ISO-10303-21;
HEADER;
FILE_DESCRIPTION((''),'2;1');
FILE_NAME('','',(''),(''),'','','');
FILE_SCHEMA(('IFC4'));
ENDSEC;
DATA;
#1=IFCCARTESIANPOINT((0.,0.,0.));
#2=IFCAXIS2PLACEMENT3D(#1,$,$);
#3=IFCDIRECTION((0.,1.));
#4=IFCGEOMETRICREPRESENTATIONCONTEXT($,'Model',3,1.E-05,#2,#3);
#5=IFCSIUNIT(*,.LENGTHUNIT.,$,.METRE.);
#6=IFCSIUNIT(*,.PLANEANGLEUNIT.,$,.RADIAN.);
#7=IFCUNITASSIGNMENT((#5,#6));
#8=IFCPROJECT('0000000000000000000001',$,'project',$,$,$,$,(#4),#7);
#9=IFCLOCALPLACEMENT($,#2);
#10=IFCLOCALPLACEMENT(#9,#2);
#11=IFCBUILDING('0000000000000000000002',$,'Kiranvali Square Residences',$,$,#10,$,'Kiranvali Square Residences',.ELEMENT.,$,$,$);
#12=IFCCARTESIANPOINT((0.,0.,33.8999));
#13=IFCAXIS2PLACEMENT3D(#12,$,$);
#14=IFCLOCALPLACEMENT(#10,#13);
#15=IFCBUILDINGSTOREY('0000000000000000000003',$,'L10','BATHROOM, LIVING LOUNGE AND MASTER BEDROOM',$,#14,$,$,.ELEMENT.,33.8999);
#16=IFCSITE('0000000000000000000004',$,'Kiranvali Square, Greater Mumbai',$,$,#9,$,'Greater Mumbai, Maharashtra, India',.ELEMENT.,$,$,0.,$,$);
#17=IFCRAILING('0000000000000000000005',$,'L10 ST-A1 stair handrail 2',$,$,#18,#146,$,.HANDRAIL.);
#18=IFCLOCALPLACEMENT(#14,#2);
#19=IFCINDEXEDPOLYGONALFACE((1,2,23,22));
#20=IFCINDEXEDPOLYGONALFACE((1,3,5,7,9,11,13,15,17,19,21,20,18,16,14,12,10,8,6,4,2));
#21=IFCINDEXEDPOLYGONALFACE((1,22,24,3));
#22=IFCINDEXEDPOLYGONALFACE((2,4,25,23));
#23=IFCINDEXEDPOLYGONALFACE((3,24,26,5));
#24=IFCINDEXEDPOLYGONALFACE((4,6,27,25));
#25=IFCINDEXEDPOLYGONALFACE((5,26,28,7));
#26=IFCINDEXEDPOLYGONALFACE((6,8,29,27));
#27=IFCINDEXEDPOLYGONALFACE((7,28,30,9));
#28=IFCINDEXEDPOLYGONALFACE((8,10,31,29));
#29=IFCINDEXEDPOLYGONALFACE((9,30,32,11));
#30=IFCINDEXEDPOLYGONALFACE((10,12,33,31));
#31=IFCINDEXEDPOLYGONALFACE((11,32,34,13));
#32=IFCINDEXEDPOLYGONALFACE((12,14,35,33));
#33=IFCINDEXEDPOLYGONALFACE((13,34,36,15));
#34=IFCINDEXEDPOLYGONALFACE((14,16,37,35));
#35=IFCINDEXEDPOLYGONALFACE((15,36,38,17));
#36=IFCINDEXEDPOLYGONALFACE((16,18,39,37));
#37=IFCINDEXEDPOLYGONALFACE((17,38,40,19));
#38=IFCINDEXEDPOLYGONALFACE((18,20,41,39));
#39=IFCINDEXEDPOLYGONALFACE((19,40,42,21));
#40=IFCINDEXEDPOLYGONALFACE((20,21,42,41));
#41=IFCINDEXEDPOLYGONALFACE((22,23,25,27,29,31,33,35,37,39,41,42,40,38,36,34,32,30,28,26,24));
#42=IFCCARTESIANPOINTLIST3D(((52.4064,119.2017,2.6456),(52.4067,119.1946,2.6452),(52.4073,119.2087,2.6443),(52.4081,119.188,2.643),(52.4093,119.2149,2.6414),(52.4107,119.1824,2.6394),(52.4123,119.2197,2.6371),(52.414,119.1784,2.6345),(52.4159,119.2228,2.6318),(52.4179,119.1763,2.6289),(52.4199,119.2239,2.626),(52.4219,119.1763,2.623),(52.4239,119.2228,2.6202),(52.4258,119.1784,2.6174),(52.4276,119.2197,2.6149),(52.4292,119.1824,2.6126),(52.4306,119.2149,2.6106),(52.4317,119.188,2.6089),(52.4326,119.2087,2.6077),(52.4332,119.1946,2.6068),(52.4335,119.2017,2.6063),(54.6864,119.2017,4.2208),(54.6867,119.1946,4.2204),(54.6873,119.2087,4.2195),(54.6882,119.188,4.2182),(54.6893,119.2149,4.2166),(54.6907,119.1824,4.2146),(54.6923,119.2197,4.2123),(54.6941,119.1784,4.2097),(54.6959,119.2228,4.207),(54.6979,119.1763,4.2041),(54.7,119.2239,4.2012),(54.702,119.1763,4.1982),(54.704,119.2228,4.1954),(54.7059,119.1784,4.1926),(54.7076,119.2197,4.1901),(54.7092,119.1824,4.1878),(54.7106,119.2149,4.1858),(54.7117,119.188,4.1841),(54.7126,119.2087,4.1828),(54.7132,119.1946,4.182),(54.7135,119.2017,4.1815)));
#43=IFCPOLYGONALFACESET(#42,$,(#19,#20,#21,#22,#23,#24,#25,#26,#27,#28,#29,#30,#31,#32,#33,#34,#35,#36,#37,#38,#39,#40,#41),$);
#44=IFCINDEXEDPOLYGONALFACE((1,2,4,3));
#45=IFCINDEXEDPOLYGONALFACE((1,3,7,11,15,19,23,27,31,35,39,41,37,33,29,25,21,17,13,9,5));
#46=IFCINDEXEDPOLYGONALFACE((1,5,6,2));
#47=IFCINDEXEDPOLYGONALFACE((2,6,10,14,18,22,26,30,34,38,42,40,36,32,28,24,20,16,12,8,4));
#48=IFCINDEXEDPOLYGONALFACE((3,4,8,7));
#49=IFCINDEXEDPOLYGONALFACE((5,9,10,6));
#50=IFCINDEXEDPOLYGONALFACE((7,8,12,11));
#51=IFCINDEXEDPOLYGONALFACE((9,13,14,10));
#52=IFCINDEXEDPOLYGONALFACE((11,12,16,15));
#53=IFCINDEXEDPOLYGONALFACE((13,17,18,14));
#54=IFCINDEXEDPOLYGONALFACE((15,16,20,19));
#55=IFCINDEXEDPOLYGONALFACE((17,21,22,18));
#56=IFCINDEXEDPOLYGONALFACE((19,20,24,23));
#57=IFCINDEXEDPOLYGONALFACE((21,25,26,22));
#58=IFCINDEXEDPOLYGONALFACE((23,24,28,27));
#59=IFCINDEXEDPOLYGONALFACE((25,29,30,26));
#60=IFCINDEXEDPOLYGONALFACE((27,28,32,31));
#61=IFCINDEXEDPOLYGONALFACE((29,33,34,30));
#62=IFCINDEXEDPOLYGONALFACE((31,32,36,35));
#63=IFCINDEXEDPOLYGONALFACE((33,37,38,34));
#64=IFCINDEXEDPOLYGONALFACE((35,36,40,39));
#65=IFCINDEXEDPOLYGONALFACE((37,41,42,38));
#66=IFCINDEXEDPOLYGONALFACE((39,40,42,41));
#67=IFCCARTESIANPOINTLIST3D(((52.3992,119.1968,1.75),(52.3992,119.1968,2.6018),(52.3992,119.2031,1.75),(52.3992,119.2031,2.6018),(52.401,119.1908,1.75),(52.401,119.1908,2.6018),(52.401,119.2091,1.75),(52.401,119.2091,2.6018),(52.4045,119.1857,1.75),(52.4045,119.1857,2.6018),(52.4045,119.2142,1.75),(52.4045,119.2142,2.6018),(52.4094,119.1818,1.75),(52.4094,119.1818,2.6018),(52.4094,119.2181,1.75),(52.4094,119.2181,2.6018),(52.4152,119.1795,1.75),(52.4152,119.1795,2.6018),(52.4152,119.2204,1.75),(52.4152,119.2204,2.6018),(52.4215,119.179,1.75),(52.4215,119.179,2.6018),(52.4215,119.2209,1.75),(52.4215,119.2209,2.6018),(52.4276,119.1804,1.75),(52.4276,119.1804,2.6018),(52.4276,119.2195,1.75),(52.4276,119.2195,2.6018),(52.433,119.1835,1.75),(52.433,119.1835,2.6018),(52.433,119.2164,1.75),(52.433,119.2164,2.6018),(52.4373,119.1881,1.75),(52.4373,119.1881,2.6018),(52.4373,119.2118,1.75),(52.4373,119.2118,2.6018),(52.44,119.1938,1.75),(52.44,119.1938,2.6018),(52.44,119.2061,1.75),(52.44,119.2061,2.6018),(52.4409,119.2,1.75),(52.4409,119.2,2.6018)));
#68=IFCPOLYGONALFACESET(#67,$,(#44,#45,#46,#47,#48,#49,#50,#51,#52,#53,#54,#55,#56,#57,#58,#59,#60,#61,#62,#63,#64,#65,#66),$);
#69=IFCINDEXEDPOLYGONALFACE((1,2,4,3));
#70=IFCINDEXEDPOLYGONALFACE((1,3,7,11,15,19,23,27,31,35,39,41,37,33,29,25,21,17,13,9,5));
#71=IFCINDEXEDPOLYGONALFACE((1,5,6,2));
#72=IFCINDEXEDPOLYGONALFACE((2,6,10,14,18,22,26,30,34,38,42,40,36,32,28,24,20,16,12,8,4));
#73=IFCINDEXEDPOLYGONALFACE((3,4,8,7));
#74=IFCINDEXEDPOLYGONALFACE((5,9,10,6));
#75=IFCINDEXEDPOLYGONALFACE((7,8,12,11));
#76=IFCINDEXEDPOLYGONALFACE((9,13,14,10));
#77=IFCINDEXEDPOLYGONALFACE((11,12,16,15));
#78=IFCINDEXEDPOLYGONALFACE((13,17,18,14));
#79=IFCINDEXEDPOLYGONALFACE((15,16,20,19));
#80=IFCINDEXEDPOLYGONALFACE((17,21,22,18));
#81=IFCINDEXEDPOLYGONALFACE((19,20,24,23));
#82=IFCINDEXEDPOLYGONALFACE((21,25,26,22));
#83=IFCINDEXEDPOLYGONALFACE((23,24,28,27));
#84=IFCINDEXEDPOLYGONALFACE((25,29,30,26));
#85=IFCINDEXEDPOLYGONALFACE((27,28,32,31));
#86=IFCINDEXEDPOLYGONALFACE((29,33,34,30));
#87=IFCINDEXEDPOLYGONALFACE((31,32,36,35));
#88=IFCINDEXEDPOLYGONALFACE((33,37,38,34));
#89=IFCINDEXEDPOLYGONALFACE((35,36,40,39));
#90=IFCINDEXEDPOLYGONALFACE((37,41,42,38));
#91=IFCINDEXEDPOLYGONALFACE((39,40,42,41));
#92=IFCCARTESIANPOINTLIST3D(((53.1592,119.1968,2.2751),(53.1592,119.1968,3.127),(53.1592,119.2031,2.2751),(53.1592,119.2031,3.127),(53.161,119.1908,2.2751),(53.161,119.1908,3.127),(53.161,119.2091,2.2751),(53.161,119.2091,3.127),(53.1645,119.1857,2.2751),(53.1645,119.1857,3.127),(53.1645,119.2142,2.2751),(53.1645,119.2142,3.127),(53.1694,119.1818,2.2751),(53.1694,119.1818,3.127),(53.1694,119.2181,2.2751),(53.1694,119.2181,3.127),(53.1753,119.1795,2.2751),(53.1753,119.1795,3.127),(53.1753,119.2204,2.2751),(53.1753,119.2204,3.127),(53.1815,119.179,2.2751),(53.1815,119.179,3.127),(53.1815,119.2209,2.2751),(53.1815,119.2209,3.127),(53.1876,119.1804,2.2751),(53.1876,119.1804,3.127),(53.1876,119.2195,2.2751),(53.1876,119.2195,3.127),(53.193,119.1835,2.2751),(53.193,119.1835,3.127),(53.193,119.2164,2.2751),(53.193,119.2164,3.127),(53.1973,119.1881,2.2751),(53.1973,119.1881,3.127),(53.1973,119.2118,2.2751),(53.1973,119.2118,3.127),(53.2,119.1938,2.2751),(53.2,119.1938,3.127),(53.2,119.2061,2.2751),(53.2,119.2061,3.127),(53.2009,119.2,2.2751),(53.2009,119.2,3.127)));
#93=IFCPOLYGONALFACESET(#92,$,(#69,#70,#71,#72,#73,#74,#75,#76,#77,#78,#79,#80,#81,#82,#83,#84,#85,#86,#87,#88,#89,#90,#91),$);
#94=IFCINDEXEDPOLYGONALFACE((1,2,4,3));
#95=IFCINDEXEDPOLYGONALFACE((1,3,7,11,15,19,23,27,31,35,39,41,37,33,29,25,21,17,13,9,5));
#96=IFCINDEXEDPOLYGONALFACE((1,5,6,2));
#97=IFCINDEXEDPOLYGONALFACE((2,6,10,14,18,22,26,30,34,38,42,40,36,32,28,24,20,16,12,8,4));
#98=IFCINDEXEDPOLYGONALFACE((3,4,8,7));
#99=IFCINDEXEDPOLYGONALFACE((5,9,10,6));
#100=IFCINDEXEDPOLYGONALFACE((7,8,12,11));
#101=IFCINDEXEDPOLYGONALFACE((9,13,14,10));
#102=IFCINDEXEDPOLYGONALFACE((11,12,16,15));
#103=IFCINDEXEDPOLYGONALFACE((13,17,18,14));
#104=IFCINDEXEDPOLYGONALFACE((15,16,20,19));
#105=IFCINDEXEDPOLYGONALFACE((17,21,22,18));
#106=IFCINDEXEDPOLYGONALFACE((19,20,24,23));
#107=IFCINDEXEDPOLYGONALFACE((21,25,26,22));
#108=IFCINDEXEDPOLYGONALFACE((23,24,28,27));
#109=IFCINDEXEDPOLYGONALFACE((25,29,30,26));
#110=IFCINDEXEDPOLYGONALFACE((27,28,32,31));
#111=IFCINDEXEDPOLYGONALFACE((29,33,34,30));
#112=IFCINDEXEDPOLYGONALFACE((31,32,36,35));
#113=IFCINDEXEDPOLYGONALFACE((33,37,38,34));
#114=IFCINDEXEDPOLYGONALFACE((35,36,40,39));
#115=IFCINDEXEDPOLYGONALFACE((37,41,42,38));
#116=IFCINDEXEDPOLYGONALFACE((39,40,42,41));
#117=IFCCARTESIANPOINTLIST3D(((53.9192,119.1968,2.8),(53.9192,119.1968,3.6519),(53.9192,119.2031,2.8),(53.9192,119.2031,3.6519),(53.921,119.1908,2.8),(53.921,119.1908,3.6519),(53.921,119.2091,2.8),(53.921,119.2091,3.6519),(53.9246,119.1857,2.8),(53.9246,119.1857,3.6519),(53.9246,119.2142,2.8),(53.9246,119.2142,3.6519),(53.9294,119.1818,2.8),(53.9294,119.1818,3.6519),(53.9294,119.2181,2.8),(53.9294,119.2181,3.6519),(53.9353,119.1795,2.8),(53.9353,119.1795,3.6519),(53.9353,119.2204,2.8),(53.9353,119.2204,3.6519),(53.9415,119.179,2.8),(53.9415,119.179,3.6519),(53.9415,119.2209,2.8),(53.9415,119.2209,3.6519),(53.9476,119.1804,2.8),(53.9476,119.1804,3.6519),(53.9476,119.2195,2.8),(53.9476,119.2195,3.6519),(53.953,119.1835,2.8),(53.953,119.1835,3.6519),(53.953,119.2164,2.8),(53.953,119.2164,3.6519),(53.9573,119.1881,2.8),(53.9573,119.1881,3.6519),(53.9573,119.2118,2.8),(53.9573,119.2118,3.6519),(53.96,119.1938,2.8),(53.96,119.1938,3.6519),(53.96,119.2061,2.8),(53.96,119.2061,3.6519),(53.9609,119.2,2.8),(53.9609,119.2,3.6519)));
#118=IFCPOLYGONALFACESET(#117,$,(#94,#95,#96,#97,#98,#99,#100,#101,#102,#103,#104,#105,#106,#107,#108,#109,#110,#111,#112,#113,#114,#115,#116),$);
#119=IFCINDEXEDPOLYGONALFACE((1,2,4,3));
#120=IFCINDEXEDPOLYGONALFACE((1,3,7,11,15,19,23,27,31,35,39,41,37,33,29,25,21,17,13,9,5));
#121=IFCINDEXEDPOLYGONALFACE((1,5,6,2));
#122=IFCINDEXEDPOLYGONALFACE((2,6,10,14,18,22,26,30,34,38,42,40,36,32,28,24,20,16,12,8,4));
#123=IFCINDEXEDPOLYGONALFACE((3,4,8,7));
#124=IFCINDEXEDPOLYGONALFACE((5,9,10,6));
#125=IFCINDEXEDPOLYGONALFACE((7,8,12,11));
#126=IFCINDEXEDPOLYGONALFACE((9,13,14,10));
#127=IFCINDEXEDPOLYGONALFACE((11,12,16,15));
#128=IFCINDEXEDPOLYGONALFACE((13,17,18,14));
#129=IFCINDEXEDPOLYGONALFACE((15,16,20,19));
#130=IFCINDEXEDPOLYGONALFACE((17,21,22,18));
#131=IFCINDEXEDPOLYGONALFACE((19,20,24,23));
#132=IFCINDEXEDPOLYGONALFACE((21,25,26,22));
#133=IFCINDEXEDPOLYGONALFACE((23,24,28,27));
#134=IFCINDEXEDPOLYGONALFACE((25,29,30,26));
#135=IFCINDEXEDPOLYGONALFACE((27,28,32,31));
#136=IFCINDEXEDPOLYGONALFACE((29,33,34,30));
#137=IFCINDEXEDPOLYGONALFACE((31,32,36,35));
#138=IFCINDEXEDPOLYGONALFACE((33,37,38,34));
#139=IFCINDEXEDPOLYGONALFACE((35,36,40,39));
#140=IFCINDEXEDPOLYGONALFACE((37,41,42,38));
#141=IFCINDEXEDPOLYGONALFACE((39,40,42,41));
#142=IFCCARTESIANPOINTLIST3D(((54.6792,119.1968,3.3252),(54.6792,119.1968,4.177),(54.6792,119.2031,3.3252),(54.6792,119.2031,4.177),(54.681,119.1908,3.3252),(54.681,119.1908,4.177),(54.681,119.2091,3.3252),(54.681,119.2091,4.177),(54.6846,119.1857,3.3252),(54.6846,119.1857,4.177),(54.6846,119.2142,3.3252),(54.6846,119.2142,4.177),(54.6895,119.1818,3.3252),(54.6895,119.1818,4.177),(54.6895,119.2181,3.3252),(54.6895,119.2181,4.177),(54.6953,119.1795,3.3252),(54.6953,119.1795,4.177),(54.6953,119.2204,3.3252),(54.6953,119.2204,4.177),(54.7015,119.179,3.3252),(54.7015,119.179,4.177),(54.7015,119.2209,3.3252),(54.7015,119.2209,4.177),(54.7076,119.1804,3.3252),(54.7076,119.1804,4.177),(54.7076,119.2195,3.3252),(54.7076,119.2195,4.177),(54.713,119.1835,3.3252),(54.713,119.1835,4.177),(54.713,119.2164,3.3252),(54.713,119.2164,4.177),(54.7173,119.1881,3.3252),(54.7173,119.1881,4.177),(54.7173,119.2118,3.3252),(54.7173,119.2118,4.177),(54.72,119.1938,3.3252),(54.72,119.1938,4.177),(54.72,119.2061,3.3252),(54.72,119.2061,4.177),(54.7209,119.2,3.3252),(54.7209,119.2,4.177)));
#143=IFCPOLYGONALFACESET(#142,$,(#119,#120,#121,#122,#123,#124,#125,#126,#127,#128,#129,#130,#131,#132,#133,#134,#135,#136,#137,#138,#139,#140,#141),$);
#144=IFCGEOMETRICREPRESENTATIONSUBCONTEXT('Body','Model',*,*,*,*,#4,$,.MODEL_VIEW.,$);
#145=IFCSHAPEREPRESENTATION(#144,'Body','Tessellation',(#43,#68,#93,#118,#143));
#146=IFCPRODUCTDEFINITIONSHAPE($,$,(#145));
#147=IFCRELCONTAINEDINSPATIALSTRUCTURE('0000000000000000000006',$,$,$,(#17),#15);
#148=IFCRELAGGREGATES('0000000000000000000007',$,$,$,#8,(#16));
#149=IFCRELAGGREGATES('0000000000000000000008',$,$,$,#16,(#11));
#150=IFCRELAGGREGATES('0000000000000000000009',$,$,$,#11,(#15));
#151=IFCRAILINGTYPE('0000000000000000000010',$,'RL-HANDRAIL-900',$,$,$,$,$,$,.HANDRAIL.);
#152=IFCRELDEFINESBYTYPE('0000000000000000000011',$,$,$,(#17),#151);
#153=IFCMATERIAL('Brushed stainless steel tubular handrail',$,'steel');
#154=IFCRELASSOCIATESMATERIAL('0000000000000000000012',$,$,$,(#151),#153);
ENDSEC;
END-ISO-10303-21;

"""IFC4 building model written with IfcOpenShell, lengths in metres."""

from ifc_helpers import new_model, si_unit, direction, frame, origin, origin_2d, place, context, subcontext, project, spatial, circle, extrude, material, type_object, element, save


model = new_model("IFC4")

# Units and contexts
model_context = context("Model", 3, precision=1e-05, world=origin(), true_north=direction((0.0, 1.0)))
body_context = subcontext(model_context, "Body", "Model", "MODEL_VIEW")
ifc_project = project(units=[si_unit("LENGTHUNIT", "METRE"), si_unit("PLANEANGLEUNIT", "RADIAN")], contexts=[model_context])

# Site, building, storey
site_placement = place(None, origin())
site = spatial("IfcSite", under=ifc_project, at=site_placement, Name="Kiranvali Square, Greater Mumbai", LongName="Greater Mumbai, Maharashtra, India", CompositionType="ELEMENT", RefElevation=0.0)
building_placement = place(site_placement, origin())
building = spatial("IfcBuilding", under=site, at=building_placement, Name="Kiranvali Square Residences", LongName="Kiranvali Square Residences", CompositionType="ELEMENT")
storey_placement = place(building_placement, frame((0.0, 0.0, 33.8999)))
storey = spatial("IfcBuildingStorey", under=building, at=storey_placement, Name="L10", Description="BATHROOM, LIVING LOUNGE AND MASTER BEDROOM", CompositionType="ELEMENT", Elevation=33.8999)

# Railing
ifc_material_1 = material(Name="Brushed stainless steel tubular handrail", Category="steel")
railing_type_1 = type_object("IfcRailingType", Name="RL-HANDRAIL-900", PredefinedType="HANDRAIL", material=ifc_material_1)
railing_1_placement = place(storey_placement, frame((52.4199, 119.2, 1.75)))
element("IfcRailing", 1, at=railing_1_placement, inside=storey, type_object=railing_type_1, Name="L10 ST-A1 stair handrail 2", PredefinedType="HANDRAIL", context=body_context, shape_type="SweptSolid", body=[
    extrude(circle(Radius=0.0239, at=origin_2d()), frame((0.0, 0.0, 0.876), z_axis=(0.822747, 0.0, 0.568408), x_axis=(0.0, 1.0, 0.0)), (0.0, 0.0, 1.0), 2.7712),
    extrude(circle(Radius=0.021, at=origin_2d()), origin(), (0.0, 0.0, 1.0), 0.8518),
    extrude(circle(Radius=0.021, at=origin_2d()), frame((0.76, 0.0, 0.5251)), (0.0, 0.0, 1.0), 0.8518),
    extrude(circle(Radius=0.021, at=origin_2d()), frame((1.52, 0.0, 1.05)), (0.0, 0.0, 1.0), 0.8518),
    extrude(circle(Radius=0.021, at=origin_2d()), frame((2.28, 0.0, 1.5752)), (0.0, 0.0, 1.0), 0.8518),
])

save(model, "model.ifc")
